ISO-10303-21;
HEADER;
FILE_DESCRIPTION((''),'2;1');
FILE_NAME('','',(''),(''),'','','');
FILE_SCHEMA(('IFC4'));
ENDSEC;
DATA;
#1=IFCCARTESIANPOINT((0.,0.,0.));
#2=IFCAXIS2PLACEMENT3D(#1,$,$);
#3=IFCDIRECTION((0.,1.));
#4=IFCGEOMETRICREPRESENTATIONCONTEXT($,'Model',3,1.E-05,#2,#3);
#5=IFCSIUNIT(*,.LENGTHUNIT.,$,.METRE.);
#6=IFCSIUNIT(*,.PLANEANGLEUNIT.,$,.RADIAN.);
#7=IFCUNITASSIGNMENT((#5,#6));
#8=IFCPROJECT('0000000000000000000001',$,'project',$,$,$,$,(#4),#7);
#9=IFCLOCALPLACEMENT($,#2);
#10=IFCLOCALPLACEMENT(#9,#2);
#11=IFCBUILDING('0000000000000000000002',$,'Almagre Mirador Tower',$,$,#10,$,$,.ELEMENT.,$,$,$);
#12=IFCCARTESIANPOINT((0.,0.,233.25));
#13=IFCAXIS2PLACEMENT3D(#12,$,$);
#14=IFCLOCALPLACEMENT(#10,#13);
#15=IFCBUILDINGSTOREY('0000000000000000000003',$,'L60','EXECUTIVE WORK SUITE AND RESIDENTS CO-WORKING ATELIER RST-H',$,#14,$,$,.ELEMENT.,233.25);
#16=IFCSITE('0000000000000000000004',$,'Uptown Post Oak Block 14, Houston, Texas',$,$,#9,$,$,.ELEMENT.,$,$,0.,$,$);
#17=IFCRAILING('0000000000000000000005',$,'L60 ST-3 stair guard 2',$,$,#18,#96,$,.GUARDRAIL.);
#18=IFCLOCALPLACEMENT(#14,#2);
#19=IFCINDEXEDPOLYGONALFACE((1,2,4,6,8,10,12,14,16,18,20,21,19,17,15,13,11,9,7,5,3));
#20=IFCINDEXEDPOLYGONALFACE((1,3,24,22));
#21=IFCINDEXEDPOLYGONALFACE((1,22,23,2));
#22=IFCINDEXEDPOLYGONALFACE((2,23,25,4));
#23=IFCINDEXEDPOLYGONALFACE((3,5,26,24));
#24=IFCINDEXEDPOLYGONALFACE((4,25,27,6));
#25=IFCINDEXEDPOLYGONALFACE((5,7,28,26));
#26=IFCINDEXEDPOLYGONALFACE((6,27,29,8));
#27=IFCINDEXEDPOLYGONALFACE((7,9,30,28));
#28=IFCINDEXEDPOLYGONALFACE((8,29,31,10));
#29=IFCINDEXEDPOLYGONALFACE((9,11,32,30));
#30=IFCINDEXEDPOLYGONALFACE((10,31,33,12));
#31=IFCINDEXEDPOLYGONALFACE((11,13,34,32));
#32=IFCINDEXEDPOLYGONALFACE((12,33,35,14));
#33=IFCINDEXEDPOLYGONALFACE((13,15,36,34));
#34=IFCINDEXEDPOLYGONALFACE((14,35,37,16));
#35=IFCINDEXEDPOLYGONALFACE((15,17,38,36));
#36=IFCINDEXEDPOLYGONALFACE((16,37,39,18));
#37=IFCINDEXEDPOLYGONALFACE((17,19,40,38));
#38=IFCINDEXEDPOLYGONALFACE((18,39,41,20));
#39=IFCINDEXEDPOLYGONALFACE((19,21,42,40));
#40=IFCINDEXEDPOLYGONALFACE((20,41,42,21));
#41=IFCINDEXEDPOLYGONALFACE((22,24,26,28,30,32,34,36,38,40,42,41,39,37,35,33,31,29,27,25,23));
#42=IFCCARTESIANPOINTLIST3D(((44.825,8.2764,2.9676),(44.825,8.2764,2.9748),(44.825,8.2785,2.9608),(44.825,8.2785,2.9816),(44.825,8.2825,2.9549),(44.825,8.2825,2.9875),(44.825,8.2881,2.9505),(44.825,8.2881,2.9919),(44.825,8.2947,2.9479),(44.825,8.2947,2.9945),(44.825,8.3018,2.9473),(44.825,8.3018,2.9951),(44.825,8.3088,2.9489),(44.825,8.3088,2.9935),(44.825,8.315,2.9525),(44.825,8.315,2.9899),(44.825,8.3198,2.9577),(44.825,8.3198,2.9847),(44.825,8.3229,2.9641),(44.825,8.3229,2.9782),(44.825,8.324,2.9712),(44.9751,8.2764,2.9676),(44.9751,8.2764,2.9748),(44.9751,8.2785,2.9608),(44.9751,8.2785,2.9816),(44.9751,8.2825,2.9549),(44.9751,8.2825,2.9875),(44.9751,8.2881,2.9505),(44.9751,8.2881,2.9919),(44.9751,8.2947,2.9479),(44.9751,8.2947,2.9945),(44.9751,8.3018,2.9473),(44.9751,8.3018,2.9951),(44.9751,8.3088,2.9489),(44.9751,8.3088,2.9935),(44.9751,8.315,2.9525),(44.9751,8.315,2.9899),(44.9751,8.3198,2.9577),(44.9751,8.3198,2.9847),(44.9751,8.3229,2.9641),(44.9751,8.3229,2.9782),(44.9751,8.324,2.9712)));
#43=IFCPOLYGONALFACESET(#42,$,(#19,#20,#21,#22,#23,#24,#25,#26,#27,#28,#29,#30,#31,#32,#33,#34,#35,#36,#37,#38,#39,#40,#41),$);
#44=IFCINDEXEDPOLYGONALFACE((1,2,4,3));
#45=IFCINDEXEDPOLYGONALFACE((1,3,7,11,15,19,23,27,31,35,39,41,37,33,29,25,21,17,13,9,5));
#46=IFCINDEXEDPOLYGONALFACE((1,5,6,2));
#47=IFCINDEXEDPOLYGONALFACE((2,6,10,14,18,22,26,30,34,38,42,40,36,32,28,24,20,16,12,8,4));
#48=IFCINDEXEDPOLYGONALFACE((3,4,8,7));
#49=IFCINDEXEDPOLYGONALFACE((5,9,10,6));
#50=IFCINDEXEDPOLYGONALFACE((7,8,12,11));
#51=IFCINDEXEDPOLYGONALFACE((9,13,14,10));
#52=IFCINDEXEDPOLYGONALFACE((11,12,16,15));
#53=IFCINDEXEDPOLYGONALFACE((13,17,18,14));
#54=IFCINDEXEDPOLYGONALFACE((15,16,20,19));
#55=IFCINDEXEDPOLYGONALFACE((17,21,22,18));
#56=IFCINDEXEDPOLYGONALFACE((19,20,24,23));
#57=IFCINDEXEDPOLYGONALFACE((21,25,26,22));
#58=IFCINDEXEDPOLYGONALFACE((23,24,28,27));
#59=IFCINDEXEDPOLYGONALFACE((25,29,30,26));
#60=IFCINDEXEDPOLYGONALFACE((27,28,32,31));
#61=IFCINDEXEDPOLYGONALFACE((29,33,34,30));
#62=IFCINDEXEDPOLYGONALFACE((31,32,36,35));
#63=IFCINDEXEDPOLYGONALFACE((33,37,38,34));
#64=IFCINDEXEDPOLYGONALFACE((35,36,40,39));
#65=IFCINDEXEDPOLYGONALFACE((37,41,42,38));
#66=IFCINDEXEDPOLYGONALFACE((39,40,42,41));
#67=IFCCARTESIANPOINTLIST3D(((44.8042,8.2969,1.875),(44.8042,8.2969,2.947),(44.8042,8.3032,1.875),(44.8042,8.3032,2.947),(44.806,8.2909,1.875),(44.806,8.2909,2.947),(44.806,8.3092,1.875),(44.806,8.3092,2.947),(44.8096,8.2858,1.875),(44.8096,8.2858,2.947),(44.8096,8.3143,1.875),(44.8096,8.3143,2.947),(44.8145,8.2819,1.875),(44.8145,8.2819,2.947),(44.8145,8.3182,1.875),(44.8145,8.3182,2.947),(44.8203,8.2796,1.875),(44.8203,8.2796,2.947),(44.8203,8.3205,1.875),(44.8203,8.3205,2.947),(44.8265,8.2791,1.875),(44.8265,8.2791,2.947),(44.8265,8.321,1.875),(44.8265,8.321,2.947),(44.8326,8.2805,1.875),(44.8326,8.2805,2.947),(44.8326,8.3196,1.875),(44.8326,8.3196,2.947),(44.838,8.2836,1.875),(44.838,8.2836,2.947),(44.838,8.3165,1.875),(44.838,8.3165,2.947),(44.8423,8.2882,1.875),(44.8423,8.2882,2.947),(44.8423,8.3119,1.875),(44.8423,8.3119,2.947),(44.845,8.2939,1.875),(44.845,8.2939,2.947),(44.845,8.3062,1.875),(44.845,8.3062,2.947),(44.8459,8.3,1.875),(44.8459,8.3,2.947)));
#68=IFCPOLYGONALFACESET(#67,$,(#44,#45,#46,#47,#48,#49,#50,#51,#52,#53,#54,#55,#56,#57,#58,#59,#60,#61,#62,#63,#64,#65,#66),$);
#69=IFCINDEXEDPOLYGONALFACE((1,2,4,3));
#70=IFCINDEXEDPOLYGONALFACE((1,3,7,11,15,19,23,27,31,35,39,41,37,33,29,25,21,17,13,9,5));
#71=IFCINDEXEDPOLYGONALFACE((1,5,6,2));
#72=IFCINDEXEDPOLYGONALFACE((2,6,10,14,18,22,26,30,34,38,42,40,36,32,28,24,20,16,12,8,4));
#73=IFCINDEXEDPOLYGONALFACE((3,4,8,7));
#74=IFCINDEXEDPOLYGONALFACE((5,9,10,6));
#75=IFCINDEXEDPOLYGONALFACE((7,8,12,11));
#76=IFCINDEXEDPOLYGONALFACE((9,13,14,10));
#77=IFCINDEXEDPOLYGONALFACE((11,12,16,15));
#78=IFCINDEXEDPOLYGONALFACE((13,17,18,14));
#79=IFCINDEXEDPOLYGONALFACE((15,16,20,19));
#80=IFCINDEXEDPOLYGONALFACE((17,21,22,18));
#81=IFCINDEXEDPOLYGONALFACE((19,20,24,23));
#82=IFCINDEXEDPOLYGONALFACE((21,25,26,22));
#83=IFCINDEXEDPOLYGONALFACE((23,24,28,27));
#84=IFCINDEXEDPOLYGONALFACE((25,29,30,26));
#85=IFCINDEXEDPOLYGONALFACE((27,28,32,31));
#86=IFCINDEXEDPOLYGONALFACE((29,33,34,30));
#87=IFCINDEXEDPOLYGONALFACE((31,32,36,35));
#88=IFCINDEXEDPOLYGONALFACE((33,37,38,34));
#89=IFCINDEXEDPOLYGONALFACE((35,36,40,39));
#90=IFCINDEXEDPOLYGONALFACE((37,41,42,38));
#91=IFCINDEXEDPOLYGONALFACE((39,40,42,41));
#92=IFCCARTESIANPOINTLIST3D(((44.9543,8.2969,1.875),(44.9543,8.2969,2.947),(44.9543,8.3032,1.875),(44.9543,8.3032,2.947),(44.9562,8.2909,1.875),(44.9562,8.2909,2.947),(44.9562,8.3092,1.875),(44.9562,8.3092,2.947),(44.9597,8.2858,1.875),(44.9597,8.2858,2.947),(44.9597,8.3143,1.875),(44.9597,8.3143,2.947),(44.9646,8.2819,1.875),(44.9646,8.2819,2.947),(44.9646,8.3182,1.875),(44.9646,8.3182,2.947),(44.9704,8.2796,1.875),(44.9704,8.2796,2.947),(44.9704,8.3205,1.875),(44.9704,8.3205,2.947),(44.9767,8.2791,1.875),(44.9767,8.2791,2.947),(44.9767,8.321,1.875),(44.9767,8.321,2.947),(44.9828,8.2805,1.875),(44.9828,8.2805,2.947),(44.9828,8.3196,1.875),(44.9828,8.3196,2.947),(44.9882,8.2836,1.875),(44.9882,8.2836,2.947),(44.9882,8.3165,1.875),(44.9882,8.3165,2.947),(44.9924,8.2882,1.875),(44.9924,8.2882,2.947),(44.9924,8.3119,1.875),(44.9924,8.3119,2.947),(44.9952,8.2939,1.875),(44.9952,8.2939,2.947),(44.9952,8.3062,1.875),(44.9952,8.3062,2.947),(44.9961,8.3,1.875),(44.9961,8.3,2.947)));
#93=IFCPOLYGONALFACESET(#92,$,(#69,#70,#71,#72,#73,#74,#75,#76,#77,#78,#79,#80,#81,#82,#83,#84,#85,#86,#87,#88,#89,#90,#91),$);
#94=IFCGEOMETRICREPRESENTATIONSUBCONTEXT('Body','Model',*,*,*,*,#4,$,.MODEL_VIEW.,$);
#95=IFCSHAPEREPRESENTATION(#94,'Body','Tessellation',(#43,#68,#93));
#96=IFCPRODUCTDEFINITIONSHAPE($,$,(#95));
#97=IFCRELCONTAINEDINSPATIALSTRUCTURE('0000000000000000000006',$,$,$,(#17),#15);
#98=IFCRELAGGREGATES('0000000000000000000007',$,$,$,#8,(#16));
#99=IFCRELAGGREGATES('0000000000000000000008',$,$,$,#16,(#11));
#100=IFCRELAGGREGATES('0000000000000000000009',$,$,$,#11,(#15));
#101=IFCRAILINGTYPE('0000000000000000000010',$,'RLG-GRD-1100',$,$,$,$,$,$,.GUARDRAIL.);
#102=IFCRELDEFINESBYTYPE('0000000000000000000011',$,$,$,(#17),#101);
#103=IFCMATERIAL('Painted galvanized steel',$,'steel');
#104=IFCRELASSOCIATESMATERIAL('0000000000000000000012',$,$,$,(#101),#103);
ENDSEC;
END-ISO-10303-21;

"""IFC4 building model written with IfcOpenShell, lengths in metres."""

from ifc_helpers import new_model, si_unit, direction, frame, origin, origin_2d, place, context, subcontext, project, spatial, circle, extrude, material, type_object, element, save


model = new_model("IFC4")

# Units and contexts
model_context = context("Model", 3, precision=1e-05, world=origin(), true_north=direction((0.0, 1.0)))
body_context = subcontext(model_context, "Body", "Model", "MODEL_VIEW")
ifc_project = project(units=[si_unit("LENGTHUNIT", "METRE"), si_unit("PLANEANGLEUNIT", "RADIAN")], contexts=[model_context])

# Site, building, storey
site_placement = place(None, origin())
site = spatial("IfcSite", under=ifc_project, at=site_placement, Name="Uptown Post Oak Block 14, Houston, Texas", CompositionType="ELEMENT", RefElevation=0.0)
building_placement = place(site_placement, origin())
building = spatial("IfcBuilding", under=site, at=building_placement, Name="Almagre Mirador Tower", CompositionType="ELEMENT")
storey_placement = place(building_placement, frame((0.0, 0.0, 233.25)))
storey = spatial("IfcBuildingStorey", under=building, at=storey_placement, Name="L60", Description="EXECUTIVE WORK SUITE AND RESIDENTS CO-WORKING ATELIER RST-H", CompositionType="ELEMENT", Elevation=233.25)

# Railing
ifc_material_1 = material(Name="Painted galvanized steel", Category="steel")
railing_type_1 = type_object("IfcRailingType", Name="RLG-GRD-1100", PredefinedType="GUARDRAIL", material=ifc_material_1)
railing_1_placement = place(storey_placement, frame((44.825, 8.3, 1.875)))
element("IfcRailing", 1, at=railing_1_placement, inside=storey, type_object=railing_type_1, Name="L60 ST-3 stair guard 2", PredefinedType="GUARDRAIL", context=body_context, shape_type="SweptSolid", body=[
    extrude(circle(Radius=0.0239, at=origin_2d()), frame((0.0, 0.0, 1.0962), z_axis=(1.0, 0.0, 0.0), x_axis=(0.0, 1.0, 0.0)), (0.0, 0.0, 1.0), 0.1501),
    extrude(circle(Radius=0.021, at=origin_2d()), origin(), (0.0, 0.0, 1.0), 1.072),
    extrude(circle(Radius=0.021, at=origin_2d()), frame((0.1501, 0.0, 0.0)), (0.0, 0.0, 1.0), 1.072),
])

save(model, "model.ifc")
